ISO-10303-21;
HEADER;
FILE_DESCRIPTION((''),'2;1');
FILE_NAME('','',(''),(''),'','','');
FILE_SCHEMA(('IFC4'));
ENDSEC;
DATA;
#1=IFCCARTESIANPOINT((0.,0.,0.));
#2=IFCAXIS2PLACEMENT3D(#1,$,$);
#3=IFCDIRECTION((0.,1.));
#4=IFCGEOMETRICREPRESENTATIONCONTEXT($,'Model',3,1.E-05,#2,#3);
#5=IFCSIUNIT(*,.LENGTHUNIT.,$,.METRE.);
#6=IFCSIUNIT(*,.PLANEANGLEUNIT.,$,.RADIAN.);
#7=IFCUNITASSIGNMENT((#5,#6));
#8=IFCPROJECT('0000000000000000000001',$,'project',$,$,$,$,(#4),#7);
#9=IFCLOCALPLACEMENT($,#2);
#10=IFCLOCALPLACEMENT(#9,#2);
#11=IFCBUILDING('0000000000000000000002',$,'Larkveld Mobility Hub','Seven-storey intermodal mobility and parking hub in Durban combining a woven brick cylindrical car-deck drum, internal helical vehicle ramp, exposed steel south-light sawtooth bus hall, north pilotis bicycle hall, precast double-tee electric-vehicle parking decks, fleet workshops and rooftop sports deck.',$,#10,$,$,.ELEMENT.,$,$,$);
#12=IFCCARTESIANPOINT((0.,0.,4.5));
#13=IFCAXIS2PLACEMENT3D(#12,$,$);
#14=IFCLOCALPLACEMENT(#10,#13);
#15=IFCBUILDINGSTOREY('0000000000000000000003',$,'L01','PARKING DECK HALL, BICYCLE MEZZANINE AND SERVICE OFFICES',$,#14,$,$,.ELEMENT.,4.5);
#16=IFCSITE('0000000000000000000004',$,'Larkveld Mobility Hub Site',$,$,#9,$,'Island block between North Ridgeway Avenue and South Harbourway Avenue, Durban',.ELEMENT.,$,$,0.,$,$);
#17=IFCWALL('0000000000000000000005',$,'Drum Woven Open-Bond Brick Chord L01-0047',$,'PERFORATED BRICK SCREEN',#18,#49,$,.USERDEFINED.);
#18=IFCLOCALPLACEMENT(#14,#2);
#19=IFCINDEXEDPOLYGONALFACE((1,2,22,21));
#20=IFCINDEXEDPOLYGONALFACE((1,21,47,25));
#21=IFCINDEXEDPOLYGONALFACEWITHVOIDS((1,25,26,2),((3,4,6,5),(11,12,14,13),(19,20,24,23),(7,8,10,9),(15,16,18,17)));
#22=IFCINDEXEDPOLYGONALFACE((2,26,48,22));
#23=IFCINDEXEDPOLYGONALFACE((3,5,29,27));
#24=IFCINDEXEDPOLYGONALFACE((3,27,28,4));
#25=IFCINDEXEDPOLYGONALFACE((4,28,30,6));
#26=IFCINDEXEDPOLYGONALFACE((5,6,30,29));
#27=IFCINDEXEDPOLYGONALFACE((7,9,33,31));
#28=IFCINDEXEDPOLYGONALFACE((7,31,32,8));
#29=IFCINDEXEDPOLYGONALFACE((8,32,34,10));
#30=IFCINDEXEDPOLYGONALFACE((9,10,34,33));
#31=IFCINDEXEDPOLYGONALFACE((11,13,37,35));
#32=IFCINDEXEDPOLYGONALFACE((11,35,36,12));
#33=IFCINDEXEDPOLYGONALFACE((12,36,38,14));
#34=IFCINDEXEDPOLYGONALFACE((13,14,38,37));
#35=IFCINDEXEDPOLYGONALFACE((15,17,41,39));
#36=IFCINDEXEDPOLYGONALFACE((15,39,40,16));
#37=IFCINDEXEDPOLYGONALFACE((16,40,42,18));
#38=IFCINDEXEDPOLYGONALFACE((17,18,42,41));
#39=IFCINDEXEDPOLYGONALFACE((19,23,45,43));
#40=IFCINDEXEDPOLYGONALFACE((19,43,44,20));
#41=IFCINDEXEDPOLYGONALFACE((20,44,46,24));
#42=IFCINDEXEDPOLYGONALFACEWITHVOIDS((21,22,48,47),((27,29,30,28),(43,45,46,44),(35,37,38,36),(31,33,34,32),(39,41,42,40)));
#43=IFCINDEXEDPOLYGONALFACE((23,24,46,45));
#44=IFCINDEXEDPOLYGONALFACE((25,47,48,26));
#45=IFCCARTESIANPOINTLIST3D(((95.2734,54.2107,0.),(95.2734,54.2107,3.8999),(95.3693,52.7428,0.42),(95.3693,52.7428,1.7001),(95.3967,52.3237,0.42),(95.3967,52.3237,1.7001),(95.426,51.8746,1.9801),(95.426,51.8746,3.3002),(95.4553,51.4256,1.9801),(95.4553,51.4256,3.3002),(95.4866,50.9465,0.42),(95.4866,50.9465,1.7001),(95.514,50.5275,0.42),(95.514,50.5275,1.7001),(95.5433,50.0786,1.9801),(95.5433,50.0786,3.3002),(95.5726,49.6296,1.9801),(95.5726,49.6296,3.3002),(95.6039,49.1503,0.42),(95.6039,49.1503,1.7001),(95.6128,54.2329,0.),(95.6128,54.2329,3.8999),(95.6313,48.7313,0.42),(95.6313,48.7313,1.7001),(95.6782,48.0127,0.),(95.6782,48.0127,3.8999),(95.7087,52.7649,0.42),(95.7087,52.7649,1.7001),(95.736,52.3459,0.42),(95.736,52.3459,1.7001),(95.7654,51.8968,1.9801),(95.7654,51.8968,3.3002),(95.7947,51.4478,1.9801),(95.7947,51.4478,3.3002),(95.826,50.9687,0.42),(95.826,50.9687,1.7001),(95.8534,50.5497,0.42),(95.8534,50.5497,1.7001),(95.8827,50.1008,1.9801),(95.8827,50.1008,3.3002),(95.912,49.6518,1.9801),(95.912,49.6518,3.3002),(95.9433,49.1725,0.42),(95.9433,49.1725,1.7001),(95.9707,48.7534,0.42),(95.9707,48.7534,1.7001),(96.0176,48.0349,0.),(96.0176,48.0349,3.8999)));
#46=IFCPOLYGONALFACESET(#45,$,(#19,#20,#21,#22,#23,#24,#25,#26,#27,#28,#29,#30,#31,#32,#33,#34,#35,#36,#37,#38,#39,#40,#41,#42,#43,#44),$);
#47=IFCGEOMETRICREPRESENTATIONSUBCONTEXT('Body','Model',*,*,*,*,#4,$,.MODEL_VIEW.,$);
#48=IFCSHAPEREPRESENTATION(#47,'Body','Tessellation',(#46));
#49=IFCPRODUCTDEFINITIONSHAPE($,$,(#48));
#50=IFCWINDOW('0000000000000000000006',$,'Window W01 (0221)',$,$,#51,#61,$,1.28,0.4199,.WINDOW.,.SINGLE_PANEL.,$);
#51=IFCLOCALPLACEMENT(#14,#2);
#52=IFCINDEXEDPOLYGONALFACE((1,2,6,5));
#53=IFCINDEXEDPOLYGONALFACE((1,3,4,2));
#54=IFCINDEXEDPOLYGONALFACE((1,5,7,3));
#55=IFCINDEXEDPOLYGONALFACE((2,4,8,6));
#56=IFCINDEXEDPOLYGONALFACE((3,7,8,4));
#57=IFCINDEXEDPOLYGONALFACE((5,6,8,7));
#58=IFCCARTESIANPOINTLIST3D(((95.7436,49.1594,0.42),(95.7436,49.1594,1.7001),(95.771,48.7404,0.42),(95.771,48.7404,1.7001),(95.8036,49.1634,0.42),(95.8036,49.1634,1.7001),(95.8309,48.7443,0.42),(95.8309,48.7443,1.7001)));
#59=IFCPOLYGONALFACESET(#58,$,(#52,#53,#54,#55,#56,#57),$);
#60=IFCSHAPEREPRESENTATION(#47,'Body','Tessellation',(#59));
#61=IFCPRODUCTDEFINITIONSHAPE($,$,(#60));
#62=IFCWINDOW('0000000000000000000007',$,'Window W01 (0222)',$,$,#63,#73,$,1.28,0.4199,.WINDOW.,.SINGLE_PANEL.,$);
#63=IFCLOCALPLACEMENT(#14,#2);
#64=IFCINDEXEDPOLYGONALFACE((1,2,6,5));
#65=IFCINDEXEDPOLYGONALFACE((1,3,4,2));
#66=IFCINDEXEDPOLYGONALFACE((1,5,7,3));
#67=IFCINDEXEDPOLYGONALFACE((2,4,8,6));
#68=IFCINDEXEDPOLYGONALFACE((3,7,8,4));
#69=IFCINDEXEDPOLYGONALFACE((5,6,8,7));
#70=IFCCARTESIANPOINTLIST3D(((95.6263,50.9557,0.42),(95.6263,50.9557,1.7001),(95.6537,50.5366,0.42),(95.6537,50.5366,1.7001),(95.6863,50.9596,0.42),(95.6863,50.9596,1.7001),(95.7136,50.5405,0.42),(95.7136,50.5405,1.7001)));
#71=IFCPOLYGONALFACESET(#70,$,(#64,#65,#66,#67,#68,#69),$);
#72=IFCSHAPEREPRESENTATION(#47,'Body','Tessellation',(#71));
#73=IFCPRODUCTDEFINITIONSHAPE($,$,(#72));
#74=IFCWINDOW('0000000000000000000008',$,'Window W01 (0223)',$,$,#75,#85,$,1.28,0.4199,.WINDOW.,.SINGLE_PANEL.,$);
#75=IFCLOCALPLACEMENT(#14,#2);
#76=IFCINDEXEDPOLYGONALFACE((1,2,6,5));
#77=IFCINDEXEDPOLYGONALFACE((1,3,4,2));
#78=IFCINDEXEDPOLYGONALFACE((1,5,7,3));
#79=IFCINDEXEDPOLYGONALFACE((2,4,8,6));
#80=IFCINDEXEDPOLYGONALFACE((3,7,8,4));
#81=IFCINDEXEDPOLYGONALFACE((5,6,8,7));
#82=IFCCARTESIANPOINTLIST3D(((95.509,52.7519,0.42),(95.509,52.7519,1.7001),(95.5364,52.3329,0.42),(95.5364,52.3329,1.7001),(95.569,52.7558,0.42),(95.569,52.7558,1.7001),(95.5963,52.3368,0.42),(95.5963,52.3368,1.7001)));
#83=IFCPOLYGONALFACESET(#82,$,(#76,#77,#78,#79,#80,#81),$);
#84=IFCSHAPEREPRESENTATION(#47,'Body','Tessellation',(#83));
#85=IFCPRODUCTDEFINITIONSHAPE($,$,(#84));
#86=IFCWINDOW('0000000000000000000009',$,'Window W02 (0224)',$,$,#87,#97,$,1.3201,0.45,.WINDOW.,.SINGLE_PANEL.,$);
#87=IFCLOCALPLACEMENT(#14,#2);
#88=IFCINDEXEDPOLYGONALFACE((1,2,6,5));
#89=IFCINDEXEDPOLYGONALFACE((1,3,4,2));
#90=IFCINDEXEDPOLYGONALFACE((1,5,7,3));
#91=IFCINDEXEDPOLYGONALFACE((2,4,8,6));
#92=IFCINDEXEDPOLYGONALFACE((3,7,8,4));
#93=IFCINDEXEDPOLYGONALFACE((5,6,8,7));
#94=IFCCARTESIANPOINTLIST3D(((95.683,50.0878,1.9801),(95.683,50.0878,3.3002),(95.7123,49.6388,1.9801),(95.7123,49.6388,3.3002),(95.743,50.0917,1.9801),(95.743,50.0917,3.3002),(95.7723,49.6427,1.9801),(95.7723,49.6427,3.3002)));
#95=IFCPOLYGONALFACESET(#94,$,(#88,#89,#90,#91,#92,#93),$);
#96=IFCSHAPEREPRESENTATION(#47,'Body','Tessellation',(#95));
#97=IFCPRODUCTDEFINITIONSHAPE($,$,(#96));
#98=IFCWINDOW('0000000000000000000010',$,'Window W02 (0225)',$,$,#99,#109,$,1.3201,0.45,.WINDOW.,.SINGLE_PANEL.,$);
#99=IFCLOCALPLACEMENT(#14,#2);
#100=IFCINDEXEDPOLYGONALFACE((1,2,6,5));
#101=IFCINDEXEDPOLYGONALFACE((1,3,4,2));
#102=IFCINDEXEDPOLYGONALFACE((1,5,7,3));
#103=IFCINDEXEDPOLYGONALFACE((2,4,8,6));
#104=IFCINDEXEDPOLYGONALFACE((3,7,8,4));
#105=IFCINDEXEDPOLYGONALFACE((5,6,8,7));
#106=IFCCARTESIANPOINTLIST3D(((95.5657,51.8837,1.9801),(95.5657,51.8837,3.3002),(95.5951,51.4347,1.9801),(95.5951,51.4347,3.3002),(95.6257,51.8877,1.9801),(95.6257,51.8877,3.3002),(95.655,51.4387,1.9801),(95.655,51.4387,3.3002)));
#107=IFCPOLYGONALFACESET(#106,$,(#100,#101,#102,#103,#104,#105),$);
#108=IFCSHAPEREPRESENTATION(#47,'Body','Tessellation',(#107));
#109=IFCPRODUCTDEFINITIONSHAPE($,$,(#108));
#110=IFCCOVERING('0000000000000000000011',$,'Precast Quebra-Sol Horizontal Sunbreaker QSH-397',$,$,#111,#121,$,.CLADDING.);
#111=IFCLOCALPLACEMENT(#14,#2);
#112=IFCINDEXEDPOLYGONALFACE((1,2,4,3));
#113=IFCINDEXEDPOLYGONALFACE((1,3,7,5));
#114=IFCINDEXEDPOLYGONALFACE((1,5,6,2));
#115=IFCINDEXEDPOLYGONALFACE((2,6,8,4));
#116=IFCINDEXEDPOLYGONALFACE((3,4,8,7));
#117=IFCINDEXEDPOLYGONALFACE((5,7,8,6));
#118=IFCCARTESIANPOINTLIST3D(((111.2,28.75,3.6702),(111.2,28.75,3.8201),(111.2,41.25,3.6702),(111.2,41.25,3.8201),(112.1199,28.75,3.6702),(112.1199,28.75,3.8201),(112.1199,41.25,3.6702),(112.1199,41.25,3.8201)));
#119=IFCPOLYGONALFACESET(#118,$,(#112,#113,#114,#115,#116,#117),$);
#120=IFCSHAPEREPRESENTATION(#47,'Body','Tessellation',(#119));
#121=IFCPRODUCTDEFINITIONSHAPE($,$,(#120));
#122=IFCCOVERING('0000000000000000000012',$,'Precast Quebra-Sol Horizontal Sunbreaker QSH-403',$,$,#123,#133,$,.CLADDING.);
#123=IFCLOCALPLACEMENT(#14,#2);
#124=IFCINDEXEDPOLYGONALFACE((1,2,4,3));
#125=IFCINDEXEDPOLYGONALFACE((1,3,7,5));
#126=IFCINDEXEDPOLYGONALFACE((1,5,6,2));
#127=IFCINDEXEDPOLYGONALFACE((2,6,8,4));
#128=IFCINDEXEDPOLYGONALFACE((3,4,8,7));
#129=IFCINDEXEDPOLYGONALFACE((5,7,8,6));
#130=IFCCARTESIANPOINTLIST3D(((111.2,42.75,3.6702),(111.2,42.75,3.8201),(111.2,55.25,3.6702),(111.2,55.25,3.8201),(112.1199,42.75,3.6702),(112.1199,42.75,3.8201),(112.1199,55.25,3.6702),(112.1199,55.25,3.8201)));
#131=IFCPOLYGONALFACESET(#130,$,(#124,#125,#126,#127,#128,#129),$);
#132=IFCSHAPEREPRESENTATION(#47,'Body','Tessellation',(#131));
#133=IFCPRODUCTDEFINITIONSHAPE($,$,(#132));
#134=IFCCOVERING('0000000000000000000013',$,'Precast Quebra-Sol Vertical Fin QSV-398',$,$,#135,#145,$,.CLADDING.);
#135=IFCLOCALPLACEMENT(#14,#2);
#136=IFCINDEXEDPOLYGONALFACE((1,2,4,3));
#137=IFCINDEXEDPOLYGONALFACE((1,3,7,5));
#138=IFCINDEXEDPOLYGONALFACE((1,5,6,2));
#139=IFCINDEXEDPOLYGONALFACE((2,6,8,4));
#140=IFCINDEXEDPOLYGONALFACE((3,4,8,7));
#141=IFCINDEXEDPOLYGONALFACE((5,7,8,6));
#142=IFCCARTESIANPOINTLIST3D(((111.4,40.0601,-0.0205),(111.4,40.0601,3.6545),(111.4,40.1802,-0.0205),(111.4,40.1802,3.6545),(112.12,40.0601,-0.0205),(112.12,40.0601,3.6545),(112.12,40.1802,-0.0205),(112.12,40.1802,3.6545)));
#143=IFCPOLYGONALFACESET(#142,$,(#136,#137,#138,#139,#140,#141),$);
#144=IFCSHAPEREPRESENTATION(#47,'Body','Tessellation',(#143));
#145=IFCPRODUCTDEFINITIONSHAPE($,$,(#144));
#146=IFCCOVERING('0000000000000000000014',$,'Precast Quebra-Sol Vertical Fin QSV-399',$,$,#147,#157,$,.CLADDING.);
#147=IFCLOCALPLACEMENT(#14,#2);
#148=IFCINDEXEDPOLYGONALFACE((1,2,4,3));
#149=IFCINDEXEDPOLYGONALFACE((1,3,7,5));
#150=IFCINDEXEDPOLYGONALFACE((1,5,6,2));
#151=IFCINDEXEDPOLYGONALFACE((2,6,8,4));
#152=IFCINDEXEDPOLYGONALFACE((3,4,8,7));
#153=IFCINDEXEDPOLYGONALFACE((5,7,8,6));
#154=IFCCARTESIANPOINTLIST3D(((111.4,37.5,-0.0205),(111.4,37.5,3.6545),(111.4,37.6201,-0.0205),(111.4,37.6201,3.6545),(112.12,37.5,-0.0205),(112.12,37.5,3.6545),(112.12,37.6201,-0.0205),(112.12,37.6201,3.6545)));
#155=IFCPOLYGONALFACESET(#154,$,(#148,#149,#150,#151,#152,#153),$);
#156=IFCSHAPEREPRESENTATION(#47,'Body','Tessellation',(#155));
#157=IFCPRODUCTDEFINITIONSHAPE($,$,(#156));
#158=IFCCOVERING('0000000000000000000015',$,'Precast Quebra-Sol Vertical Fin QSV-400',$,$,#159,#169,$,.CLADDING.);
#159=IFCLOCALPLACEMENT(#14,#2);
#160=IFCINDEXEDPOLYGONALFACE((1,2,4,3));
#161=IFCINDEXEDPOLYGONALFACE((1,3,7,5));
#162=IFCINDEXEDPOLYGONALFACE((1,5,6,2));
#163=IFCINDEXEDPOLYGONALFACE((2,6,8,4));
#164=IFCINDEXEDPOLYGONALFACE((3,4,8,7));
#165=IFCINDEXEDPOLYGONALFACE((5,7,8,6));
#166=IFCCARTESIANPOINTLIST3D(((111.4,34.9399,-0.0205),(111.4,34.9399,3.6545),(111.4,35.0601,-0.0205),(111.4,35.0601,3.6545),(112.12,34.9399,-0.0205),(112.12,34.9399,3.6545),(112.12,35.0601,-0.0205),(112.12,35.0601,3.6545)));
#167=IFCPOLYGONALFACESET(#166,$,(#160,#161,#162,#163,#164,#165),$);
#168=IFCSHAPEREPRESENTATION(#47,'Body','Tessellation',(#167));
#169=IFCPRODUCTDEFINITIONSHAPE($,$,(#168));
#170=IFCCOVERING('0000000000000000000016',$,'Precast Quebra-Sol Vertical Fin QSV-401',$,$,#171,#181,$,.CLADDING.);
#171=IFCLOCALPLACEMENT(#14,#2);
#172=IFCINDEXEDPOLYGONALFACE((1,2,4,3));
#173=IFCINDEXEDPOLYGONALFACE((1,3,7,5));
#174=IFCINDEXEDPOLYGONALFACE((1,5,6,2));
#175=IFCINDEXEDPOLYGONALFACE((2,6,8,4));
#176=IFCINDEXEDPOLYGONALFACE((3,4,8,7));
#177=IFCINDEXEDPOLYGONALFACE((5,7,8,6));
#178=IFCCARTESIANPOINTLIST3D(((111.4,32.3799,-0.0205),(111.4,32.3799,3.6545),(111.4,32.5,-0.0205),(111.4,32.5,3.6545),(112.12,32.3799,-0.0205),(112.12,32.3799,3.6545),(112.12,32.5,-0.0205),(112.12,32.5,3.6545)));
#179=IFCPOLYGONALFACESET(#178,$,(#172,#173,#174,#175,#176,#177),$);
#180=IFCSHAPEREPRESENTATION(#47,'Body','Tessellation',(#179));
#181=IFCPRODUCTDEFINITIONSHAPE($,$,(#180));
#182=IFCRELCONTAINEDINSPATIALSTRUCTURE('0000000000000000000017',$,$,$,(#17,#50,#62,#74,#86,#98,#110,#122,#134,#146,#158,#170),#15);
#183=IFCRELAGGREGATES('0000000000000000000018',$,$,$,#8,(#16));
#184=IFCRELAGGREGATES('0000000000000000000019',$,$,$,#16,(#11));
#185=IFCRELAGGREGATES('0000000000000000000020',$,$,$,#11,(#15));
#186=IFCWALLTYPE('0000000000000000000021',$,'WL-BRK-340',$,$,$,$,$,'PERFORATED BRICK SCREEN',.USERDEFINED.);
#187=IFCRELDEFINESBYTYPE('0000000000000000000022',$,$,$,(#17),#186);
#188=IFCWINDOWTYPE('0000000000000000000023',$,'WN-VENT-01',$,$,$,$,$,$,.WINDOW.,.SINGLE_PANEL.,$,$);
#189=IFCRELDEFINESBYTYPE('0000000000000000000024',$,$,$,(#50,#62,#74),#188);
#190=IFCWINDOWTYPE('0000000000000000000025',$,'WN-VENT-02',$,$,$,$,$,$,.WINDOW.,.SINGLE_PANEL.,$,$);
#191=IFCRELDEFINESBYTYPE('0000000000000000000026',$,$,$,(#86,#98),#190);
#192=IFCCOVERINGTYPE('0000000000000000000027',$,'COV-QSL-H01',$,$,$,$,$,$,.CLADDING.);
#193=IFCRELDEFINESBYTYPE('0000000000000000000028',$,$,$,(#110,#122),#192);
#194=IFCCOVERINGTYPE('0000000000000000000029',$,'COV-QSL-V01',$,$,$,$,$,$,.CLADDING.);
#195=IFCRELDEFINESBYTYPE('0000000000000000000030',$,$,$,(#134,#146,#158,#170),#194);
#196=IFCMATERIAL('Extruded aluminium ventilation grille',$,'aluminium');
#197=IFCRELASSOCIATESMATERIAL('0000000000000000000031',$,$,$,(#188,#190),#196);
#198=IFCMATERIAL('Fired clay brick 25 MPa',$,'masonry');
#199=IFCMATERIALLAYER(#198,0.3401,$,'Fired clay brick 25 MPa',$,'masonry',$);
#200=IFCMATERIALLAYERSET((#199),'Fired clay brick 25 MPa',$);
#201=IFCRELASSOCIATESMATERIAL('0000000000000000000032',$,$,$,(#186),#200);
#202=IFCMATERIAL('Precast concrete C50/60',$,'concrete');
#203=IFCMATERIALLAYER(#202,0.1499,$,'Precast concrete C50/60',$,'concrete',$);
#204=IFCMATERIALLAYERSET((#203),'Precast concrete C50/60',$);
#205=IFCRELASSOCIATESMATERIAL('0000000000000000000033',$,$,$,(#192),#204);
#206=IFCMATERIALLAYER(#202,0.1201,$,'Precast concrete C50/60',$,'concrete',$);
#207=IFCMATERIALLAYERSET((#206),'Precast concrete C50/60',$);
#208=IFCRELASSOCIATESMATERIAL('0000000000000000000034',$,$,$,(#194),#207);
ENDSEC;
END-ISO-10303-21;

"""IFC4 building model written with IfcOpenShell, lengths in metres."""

from ifc_helpers import new_model, si_unit, direction, frame, frame_2d, origin, origin_2d, place, context, subcontext, project, spatial, rectangle, extrude, material, layer, layer_set, type_object, element, fill, save


model = new_model("IFC4")

# Units and contexts
model_context = context("Model", 3, precision=1e-05, world=origin(), true_north=direction((0.0, 1.0)))
body_context = subcontext(model_context, "Body", "Model", "MODEL_VIEW")
ifc_project = project(units=[si_unit("LENGTHUNIT", "METRE"), si_unit("PLANEANGLEUNIT", "RADIAN")], contexts=[model_context])

# Site, building, storey
site_placement = place(None, origin())
site = spatial("IfcSite", under=ifc_project, at=site_placement, Name="Larkveld Mobility Hub Site", LongName="Island block between North Ridgeway Avenue and South Harbourway Avenue, Durban", CompositionType="ELEMENT", RefElevation=0.0)
building_placement = place(site_placement, origin())
building = spatial("IfcBuilding", under=site, at=building_placement, Name="Larkveld Mobility Hub", Description="Seven-storey intermodal mobility and parking hub in Durban combining a woven brick cylindrical car-deck drum, internal helical vehicle ramp, exposed steel south-light sawtooth bus hall, north pilotis bicycle hall, precast double-tee electric-vehicle parking decks, fleet workshops and rooftop sports deck.", CompositionType="ELEMENT")
storey_placement = place(building_placement, frame((0.0, 0.0, 4.5)))
storey = spatial("IfcBuildingStorey", under=building, at=storey_placement, Name="L01", Description="PARKING DECK HALL, BICYCLE MEZZANINE AND SERVICE OFFICES", CompositionType="ELEMENT", Elevation=4.5)

# Wall, openings, windows
ifc_material_1 = material(Name="Fired clay brick 25 MPa", Category="masonry")
ifc_material_2 = material(Name="Extruded aluminium ventilation grille", Category="aluminium")
window_type_1 = type_object("IfcWindowType", Name="WN-VENT-01", PartitioningType="SINGLE_PANEL", PredefinedType="WINDOW", material=ifc_material_2)
ifc_layer_1 = layer(ifc_material_1, 0.3401, Name="Fired clay brick 25 MPa", Category="masonry")
ifc_layer_set_1 = layer_set([ifc_layer_1], Name="Fired clay brick 25 MPa")
wall_type_1 = type_object("IfcWallType", Name="WL-BRK-340", ElementType="PERFORATED BRICK SCREEN", PredefinedType="USERDEFINED", material=ifc_layer_set_1)
wall_1_placement = place(storey_placement, frame((95.8479, 48.0239, 0.0), z_axis=(0.0, 0.0, 1.0), x_axis=(-0.06517, 0.997874, 0.0)))
wall_1 = element("IfcWall", 1, at=wall_1_placement, inside=storey, type_object=wall_type_1, Name="Drum Woven Open-Bond Brick Chord L01-0047", ObjectType="PERFORATED BRICK SCREEN", PredefinedType="USERDEFINED", context=body_context, shape_type="SweptSolid", body=[
    extrude(rectangle(XDim=6.2112, YDim=0.3401, at=frame_2d((3.1055, 0.0))), origin(), (0.0, 0.0, 1.0), 3.8999),
])
opening_1_placement = place(wall_1_placement, frame((0.72, 0.0, 0.4199)))
opening_1 = element("IfcOpeningElement", 2, at=opening_1_placement, cuts=wall_1, PredefinedType="OPENING", context=body_context, shape_type="SweptSolid", body=[
    extrude(rectangle(XDim=0.4199, YDim=1.28, at=frame_2d((0.21, 0.6401))), frame((0.0, 0.1802, 0.0), z_axis=(0.0, -1.0, 0.0), x_axis=(1.0, 0.0, 0.0)), (0.0, 0.0, 1.0), 0.3601),
])
opening_2_placement = place(wall_1_placement, frame((2.52, 0.0, 0.4199)))
opening_2 = element("IfcOpeningElement", 3, at=opening_2_placement, cuts=wall_1, PredefinedType="OPENING", context=body_context, shape_type="SweptSolid", body=[
    extrude(rectangle(XDim=0.4199, YDim=1.28, at=frame_2d((0.21, 0.6401))), frame((0.0, 0.1802, 0.0), z_axis=(0.0, -1.0, 0.0), x_axis=(1.0, 0.0, 0.0)), (0.0, 0.0, 1.0), 0.3601),
])
opening_3_placement = place(wall_1_placement, frame((4.3201, 0.0, 0.4199)))
opening_3 = element("IfcOpeningElement", 4, at=opening_3_placement, cuts=wall_1, PredefinedType="OPENING", context=body_context, shape_type="SweptSolid", body=[
    extrude(rectangle(XDim=0.4199, YDim=1.28, at=frame_2d((0.21, 0.6401))), frame((0.0, 0.1802, 0.0), z_axis=(0.0, -1.0, 0.0), x_axis=(1.0, 0.0, 0.0)), (0.0, 0.0, 1.0), 0.3601),
])
opening_4_placement = place(wall_1_placement, frame((1.6201, 0.0, 1.98)))
opening_4 = element("IfcOpeningElement", 5, at=opening_4_placement, cuts=wall_1, PredefinedType="OPENING", context=body_context, shape_type="SweptSolid", body=[
    extrude(rectangle(XDim=0.45, YDim=1.3201, at=frame_2d((0.2251, 0.6602))), frame((0.0, 0.1802, 0.0), z_axis=(0.0, -1.0, 0.0), x_axis=(1.0, 0.0, 0.0)), (0.0, 0.0, 1.0), 0.3601),
])
opening_5_placement = place(wall_1_placement, frame((3.4199, 0.0, 1.98)))
opening_5 = element("IfcOpeningElement", 6, at=opening_5_placement, cuts=wall_1, PredefinedType="OPENING", context=body_context, shape_type="SweptSolid", body=[
    extrude(rectangle(XDim=0.45, YDim=1.3201, at=frame_2d((0.2251, 0.6602))), frame((0.0, 0.1802, 0.0), z_axis=(0.0, -1.0, 0.0), x_axis=(1.0, 0.0, 0.0)), (0.0, 0.0, 1.0), 0.3601),
])
window_1_placement = place(opening_1_placement, origin())
window_1 = element("IfcWindow", 7, at=window_1_placement, inside=storey, type_object=window_type_1, Name="Window W01 (0221)", OverallHeight=1.28, OverallWidth=0.4199, PartitioningType="SINGLE_PANEL", PredefinedType="WINDOW", context=body_context, shape_type="SweptSolid", body=[
    extrude(rectangle(XDim=0.4199, YDim=1.28, at=frame_2d((0.21, 0.6401))), frame((0.0, 0.03, 0.0), z_axis=(0.0, -1.0, 0.0), x_axis=(1.0, 0.0, 0.0)), (0.0, 0.0, 1.0), 0.0601),
])
fill(opening_1, window_1)
window_2_placement = place(opening_2_placement, origin())
window_2 = element("IfcWindow", 8, at=window_2_placement, inside=storey, type_object=window_type_1, Name="Window W01 (0222)", OverallHeight=1.28, OverallWidth=0.4199, PartitioningType="SINGLE_PANEL", PredefinedType="WINDOW", context=body_context, shape_type="SweptSolid", body=[
    extrude(rectangle(XDim=0.4199, YDim=1.28, at=frame_2d((0.21, 0.6401))), frame((0.0, 0.03, 0.0), z_axis=(0.0, -1.0, 0.0), x_axis=(1.0, 0.0, 0.0)), (0.0, 0.0, 1.0), 0.0601),
])
fill(opening_2, window_2)
window_3_placement = place(opening_3_placement, origin())
window_3 = element("IfcWindow", 9, at=window_3_placement, inside=storey, type_object=window_type_1, Name="Window W01 (0223)", OverallHeight=1.28, OverallWidth=0.4199, PartitioningType="SINGLE_PANEL", PredefinedType="WINDOW", context=body_context, shape_type="SweptSolid", body=[
    extrude(rectangle(XDim=0.4199, YDim=1.28, at=frame_2d((0.21, 0.6401))), frame((0.0, 0.03, 0.0), z_axis=(0.0, -1.0, 0.0), x_axis=(1.0, 0.0, 0.0)), (0.0, 0.0, 1.0), 0.0601),
])
fill(opening_3, window_3)
window_type_2 = type_object("IfcWindowType", Name="WN-VENT-02", PartitioningType="SINGLE_PANEL", PredefinedType="WINDOW", material=ifc_material_2)
window_4_placement = place(opening_4_placement, origin())
window_4 = element("IfcWindow", 10, at=window_4_placement, inside=storey, type_object=window_type_2, Name="Window W02 (0224)", OverallHeight=1.3201, OverallWidth=0.45, PartitioningType="SINGLE_PANEL", PredefinedType="WINDOW", context=body_context, shape_type="SweptSolid", body=[
    extrude(rectangle(XDim=0.45, YDim=1.3201, at=frame_2d((0.2251, 0.6602))), frame((0.0, 0.03, 0.0), z_axis=(0.0, -1.0, 0.0), x_axis=(1.0, 0.0, 0.0)), (0.0, 0.0, 1.0), 0.0601),
])
fill(opening_4, window_4)
window_5_placement = place(opening_5_placement, origin())
window_5 = element("IfcWindow", 11, at=window_5_placement, inside=storey, type_object=window_type_2, Name="Window W02 (0225)", OverallHeight=1.3201, OverallWidth=0.45, PartitioningType="SINGLE_PANEL", PredefinedType="WINDOW", context=body_context, shape_type="SweptSolid", body=[
    extrude(rectangle(XDim=0.45, YDim=1.3201, at=frame_2d((0.2251, 0.6602))), frame((0.0, 0.03, 0.0), z_axis=(0.0, -1.0, 0.0), x_axis=(1.0, 0.0, 0.0)), (0.0, 0.0, 1.0), 0.0601),
])
fill(opening_5, window_5)

# Coverings
ifc_material_3 = material(Name="Precast concrete C50/60", Category="concrete")
ifc_layer_2 = layer(ifc_material_3, 0.1499, Name="Precast concrete C50/60", Category="concrete")
ifc_layer_set_2 = layer_set([ifc_layer_2], Name="Precast concrete C50/60")
covering_type_1 = type_object("IfcCoveringType", Name="COV-QSL-H01", PredefinedType="CLADDING", material=ifc_layer_set_2)
for number, where, z_axis, x_axis, name in (
    (12, (111.6599, 35.0, 3.6702), (0.0, 0.0, 1.0), (0.0, -1.0, 0.0), "Precast Quebra-Sol Horizontal Sunbreaker QSH-397"),
    (13, (111.6599, 49.0, 3.6702), (0.0, 0.0, 1.0), (0.0, -1.0, 0.0), "Precast Quebra-Sol Horizontal Sunbreaker QSH-403"),
):
    element("IfcCovering", number, at=place(storey_placement, frame(where, z_axis=z_axis, x_axis=x_axis)), inside=storey, type_object=covering_type_1, Name=name, PredefinedType="CLADDING", context=body_context, shape_type="SweptSolid", body=[
        extrude(rectangle(XDim=12.5, YDim=0.9199, at=origin_2d()), origin(), (0.0, 0.0, 1.0), 0.1499),
    ])
ifc_layer_3 = layer(ifc_material_3, 0.1201, Name="Precast concrete C50/60", Category="concrete")
ifc_layer_set_3 = layer_set([ifc_layer_3], Name="Precast concrete C50/60")
covering_type_2 = type_object("IfcCoveringType", Name="COV-QSL-V01", PredefinedType="CLADDING", material=ifc_layer_set_3)
for number, where, z_axis, x_axis, name in (
    (14, (111.76, 40.1201, -0.0205), (0.0, 0.0, 1.0), (0.0, -1.0, 0.0), "Precast Quebra-Sol Vertical Fin QSV-398"),
    (15, (111.76, 37.5601, -0.0205), (0.0, 0.0, 1.0), (0.0, -1.0, 0.0), "Precast Quebra-Sol Vertical Fin QSV-399"),
    (16, (111.76, 35.0, -0.0205), (0.0, 0.0, 1.0), (0.0, -1.0, 0.0), "Precast Quebra-Sol Vertical Fin QSV-400"),
    (17, (111.76, 32.4399, -0.0205), (0.0, 0.0, 1.0), (0.0, -1.0, 0.0), "Precast Quebra-Sol Vertical Fin QSV-401"),
):
    element("IfcCovering", number, at=place(storey_placement, frame(where, z_axis=z_axis, x_axis=x_axis)), inside=storey, type_object=covering_type_2, Name=name, PredefinedType="CLADDING", context=body_context, shape_type="SweptSolid", body=[
        extrude(rectangle(XDim=0.1201, YDim=0.72, at=origin_2d()), origin(), (0.0, 0.0, 1.0), 3.675),
    ])

save(model, "model.ifc")
